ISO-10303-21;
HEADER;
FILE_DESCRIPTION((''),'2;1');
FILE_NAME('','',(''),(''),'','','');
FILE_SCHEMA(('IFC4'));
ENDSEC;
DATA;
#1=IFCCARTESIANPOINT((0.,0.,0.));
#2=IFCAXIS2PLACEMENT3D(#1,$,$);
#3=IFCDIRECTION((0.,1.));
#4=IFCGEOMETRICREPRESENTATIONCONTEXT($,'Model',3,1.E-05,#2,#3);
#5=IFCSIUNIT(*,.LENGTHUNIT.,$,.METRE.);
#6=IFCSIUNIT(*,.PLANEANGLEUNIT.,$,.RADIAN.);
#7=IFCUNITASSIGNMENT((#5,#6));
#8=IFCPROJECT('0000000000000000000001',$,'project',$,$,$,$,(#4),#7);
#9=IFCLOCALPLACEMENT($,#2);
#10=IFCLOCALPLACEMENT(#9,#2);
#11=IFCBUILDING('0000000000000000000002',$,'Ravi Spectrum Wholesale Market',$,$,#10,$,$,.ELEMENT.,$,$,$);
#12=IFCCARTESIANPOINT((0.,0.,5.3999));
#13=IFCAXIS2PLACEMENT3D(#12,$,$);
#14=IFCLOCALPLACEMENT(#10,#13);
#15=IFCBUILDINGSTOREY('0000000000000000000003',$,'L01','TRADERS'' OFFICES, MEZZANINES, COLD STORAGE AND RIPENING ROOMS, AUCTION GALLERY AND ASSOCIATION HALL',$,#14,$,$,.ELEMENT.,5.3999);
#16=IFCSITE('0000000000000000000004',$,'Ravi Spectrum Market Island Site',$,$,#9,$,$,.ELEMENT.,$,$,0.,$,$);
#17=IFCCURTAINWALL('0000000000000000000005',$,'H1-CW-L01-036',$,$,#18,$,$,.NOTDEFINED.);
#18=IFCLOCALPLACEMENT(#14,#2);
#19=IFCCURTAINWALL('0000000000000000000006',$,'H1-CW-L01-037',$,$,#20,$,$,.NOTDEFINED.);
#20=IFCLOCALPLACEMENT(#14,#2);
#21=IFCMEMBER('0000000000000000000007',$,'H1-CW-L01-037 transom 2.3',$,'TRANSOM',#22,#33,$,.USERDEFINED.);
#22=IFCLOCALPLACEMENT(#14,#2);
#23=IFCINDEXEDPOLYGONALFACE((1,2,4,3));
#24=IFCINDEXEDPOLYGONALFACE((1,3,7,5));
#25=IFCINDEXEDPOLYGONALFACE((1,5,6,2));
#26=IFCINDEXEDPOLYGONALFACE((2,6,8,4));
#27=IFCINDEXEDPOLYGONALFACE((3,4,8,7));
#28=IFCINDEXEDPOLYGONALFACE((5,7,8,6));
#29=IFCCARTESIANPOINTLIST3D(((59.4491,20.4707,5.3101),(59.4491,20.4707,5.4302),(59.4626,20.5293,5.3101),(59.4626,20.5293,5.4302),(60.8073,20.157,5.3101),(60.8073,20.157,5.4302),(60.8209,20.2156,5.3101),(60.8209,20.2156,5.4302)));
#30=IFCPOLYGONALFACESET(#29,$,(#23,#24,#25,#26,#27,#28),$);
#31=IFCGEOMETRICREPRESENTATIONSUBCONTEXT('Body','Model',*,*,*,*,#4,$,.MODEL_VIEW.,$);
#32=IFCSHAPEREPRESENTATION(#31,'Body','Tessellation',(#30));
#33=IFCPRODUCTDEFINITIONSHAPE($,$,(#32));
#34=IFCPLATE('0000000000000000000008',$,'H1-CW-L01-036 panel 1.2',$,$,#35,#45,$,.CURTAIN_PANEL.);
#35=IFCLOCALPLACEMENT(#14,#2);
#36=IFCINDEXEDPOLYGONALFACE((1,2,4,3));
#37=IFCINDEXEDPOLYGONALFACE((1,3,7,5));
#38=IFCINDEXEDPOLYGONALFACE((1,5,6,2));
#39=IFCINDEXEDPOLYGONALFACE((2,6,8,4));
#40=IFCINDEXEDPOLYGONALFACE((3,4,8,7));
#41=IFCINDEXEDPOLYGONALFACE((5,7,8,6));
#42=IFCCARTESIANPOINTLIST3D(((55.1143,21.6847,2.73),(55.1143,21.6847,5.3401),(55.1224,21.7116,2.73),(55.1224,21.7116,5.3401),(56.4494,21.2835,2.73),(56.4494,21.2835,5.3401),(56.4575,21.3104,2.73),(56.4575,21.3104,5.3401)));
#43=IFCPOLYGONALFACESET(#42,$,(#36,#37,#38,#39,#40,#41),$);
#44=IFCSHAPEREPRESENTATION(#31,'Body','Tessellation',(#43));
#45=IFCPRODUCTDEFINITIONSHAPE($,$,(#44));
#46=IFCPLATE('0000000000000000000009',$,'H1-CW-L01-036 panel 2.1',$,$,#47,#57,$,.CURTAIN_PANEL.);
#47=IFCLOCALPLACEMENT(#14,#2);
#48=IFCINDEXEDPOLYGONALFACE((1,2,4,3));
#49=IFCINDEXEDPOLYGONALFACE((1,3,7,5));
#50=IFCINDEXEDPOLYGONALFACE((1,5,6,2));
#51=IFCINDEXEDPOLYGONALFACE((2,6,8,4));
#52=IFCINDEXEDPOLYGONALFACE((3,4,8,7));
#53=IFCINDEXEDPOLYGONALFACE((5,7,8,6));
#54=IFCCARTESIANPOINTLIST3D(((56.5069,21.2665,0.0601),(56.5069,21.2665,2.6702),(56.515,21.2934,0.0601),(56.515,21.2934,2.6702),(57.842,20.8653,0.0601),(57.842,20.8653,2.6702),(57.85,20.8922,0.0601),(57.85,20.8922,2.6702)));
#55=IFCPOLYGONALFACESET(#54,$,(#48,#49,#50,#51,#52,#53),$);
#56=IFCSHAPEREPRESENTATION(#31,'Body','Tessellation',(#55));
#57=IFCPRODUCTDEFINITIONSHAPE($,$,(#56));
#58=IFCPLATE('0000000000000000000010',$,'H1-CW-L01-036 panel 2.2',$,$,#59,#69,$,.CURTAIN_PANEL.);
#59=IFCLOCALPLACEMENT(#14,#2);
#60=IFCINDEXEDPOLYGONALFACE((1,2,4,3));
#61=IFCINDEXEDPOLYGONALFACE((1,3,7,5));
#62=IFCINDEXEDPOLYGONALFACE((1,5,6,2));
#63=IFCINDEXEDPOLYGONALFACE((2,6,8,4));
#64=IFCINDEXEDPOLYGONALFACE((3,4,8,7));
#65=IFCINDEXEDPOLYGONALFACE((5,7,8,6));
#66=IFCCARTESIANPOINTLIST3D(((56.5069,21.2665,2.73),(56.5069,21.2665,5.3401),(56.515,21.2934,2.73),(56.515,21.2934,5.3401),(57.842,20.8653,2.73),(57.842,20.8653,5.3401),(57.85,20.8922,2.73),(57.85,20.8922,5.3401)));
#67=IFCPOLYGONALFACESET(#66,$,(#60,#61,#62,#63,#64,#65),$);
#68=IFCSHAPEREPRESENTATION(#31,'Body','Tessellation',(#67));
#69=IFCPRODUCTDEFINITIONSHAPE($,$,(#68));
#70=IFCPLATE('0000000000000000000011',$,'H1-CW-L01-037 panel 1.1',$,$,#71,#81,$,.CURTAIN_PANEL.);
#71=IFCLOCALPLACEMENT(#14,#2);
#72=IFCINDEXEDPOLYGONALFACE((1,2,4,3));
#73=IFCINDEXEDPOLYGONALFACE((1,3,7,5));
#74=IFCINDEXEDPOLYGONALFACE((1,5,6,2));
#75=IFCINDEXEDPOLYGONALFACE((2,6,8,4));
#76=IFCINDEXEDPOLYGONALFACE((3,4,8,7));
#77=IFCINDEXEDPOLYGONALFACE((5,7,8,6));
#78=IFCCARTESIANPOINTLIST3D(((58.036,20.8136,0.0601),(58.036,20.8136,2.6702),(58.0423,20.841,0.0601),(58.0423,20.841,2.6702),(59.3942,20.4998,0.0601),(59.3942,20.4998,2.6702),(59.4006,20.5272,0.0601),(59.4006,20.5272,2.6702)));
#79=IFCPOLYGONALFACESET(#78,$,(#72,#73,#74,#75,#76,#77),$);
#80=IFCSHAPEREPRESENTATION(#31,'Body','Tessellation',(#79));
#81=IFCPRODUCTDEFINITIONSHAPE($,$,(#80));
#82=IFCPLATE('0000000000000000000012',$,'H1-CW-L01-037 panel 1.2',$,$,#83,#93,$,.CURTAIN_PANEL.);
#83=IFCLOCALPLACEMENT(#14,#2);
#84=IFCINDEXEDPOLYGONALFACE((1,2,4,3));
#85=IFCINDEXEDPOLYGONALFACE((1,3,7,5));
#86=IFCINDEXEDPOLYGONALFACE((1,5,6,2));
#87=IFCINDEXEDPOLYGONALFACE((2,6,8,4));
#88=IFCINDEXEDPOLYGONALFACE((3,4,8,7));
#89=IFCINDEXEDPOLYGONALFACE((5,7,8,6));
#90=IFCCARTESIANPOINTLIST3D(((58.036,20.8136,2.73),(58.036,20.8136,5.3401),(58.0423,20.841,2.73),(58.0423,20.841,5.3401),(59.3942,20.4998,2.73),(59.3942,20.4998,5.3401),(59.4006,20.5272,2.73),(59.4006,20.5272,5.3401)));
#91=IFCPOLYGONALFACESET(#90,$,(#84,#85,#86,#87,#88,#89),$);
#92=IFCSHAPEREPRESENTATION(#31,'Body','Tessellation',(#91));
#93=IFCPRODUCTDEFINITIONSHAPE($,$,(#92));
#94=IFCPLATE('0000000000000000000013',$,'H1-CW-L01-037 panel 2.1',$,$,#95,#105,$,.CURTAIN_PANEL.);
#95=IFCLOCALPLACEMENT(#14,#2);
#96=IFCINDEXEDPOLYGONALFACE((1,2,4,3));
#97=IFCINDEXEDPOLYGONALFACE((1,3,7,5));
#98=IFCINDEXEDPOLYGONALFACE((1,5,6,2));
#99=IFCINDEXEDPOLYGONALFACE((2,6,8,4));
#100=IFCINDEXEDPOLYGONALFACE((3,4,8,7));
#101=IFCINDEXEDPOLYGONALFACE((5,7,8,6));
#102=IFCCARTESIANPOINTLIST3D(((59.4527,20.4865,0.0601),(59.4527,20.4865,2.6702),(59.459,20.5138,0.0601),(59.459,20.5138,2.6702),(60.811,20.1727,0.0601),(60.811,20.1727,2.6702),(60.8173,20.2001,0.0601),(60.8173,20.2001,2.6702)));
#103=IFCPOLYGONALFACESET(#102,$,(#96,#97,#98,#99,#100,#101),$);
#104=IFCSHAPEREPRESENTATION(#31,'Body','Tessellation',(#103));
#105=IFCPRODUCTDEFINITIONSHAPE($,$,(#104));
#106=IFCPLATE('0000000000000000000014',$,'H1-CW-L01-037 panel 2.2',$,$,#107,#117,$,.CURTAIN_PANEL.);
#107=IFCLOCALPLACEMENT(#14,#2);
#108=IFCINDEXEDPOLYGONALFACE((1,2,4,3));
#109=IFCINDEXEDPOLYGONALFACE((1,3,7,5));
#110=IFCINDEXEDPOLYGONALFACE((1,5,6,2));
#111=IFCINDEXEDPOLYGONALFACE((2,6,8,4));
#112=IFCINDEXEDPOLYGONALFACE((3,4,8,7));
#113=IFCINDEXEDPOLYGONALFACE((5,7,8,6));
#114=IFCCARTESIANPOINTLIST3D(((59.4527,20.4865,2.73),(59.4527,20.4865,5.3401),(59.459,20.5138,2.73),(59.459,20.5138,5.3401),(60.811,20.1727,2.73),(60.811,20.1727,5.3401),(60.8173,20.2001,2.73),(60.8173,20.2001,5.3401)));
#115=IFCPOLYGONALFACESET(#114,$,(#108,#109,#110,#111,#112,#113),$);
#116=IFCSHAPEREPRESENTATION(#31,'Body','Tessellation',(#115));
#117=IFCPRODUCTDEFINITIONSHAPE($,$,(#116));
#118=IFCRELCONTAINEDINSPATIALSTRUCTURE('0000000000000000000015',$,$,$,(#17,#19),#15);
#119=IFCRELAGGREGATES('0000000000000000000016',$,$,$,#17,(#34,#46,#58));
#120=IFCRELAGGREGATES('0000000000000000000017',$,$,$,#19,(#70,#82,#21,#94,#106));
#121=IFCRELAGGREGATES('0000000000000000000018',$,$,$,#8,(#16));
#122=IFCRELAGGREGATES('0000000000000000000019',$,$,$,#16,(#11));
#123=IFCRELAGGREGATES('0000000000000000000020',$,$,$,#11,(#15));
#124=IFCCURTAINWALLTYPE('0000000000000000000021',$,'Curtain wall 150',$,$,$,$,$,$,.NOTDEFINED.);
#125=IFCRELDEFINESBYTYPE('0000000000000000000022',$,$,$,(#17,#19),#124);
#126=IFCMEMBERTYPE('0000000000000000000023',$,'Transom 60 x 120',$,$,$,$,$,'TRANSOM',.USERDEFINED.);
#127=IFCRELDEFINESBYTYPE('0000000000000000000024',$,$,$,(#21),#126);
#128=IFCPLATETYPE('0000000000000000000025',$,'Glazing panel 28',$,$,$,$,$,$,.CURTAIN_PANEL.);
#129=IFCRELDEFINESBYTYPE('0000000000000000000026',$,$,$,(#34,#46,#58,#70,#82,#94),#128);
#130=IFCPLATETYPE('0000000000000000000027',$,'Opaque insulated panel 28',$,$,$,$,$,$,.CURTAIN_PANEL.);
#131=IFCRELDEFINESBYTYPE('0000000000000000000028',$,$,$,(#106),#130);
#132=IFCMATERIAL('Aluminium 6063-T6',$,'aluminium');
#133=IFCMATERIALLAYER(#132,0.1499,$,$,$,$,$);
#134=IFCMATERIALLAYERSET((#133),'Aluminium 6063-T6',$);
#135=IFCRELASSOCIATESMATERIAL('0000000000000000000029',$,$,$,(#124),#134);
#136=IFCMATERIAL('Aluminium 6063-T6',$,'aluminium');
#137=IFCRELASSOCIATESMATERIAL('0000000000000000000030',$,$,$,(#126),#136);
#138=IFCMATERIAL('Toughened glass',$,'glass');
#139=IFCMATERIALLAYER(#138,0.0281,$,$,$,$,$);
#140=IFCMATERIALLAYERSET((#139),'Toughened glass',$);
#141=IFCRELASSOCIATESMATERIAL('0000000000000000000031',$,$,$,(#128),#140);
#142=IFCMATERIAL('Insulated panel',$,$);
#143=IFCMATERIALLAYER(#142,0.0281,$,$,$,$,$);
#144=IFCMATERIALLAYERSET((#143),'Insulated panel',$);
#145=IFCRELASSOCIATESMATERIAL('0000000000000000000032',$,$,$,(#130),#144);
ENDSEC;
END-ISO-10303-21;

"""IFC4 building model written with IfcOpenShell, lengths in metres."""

from ifc_helpers import new_model, si_unit, direction, frame, origin, origin_2d, place, context, subcontext, project, spatial, rectangle, extrude, material, layer, layer_set, material_profile, profile_set, type_object, element, aggregate, save


model = new_model("IFC4")

# Units and contexts
model_context = context("Model", 3, precision=1e-05, world=origin(), true_north=direction((0.0, 1.0)))
body_context = subcontext(model_context, "Body", "Model", "MODEL_VIEW")
ifc_project = project(units=[si_unit("LENGTHUNIT", "METRE"), si_unit("PLANEANGLEUNIT", "RADIAN")], contexts=[model_context])

# Site, building, storey
site_placement = place(None, origin())
site = spatial("IfcSite", under=ifc_project, at=site_placement, Name="Ravi Spectrum Market Island Site", CompositionType="ELEMENT", RefElevation=0.0)
building_placement = place(site_placement, origin())
building = spatial("IfcBuilding", under=site, at=building_placement, Name="Ravi Spectrum Wholesale Market", CompositionType="ELEMENT")
storey_placement = place(building_placement, frame((0.0, 0.0, 5.3999)))
storey = spatial("IfcBuildingStorey", under=building, at=storey_placement, Name="L01", Description="TRADERS' OFFICES, MEZZANINES, COLD STORAGE AND RIPENING ROOMS, AUCTION GALLERY AND ASSOCIATION HALL", CompositionType="ELEMENT", Elevation=5.3999)

# Curtain walls
ifc_material_1 = material(Name="Aluminium 6063-T6", Category="aluminium")
ifc_layer_1 = layer(ifc_material_1, 0.1499)
ifc_layer_set_1 = layer_set([ifc_layer_1], Name="Aluminium 6063-T6")
curtain_wall_type = type_object("IfcCurtainWallType", Name="Curtain wall 150", PredefinedType="NOTDEFINED", material=ifc_layer_set_1)
curtain_wall_1_placement = place(storey_placement, origin())
curtain_wall_1 = element("IfcCurtainWall", 1, at=curtain_wall_1_placement, inside=storey, type_object=curtain_wall_type, Name="H1-CW-L01-036", PredefinedType="NOTDEFINED")
curtain_wall_2_placement = place(storey_placement, origin())
curtain_wall_2 = element("IfcCurtainWall", 2, at=curtain_wall_2_placement, inside=storey, type_object=curtain_wall_type, Name="H1-CW-L01-037", PredefinedType="NOTDEFINED")

# Member
ifc_material_2 = material(Name="Aluminium 6063-T6", Category="aluminium")
ifc_material_profile_1 = material_profile(ifc_material_2, rectangle(XDim=0.0601, YDim=0.1201, at=origin_2d()))
ifc_profile_set_1 = profile_set([ifc_material_profile_1], Name="Aluminium 6063-T6")
member_type_1 = type_object("IfcMemberType", Name="Transom 60 x 120", ElementType="TRANSOM", PredefinedType="USERDEFINED", material=ifc_profile_set_1)
member_1_placement = place(storey_placement, frame((59.4558, 20.5, 5.3701), z_axis=(0.974353, -0.225026, 0.0), x_axis=(0.225026, 0.974353, 0.0)))
member_1 = element("IfcMember", 3, at=member_1_placement, type_object=member_type_1, Name="H1-CW-L01-037 transom 2.3", ObjectType="TRANSOM", PredefinedType="USERDEFINED", context=body_context, shape_type="SweptSolid", body=[
    extrude(rectangle(XDim=0.0601, YDim=0.1201, at=origin_2d()), origin(), (0.0, 0.0, 1.0), 1.394),
])

# Plates
ifc_material_3 = material(Name="Toughened glass", Category="glass")
ifc_layer_2 = layer(ifc_material_3, 0.0281)
ifc_layer_set_2 = layer_set([ifc_layer_2], Name="Toughened glass")
plate_type_1 = type_object("IfcPlateType", Name="Glazing panel 28", PredefinedType="CURTAIN_PANEL", material=ifc_layer_set_2)
plate_1_placement = place(storey_placement, frame((55.7859, 21.4976, 2.73), z_axis=(0.0, 0.0, 1.0), x_axis=(0.957701, -0.287766, 0.0)))
plate_1 = element("IfcPlate", 4, at=plate_1_placement, type_object=plate_type_1, Name="H1-CW-L01-036 panel 1.2", PredefinedType="CURTAIN_PANEL", context=body_context, shape_type="SweptSolid", body=[
    extrude(rectangle(XDim=1.394, YDim=0.0281, at=origin_2d()), origin(), (0.0, 0.0, 1.0), 2.6101),
])
plate_2_placement = place(storey_placement, frame((57.1785, 21.0793, 0.0601), z_axis=(0.0, 0.0, 1.0), x_axis=(0.957701, -0.287766, 0.0)))
plate_2 = element("IfcPlate", 5, at=plate_2_placement, type_object=plate_type_1, Name="H1-CW-L01-036 panel 2.1", PredefinedType="CURTAIN_PANEL", context=body_context, shape_type="SweptSolid", body=[
    extrude(rectangle(XDim=1.394, YDim=0.0281, at=origin_2d()), origin(), (0.0, 0.0, 1.0), 2.6101),
])
plate_3_placement = place(storey_placement, frame((57.1785, 21.0793, 2.73), z_axis=(0.0, 0.0, 1.0), x_axis=(0.957701, -0.287766, 0.0)))
plate_3 = element("IfcPlate", 6, at=plate_3_placement, type_object=plate_type_1, Name="H1-CW-L01-036 panel 2.2", PredefinedType="CURTAIN_PANEL", context=body_context, shape_type="SweptSolid", body=[
    extrude(rectangle(XDim=1.394, YDim=0.0281, at=origin_2d()), origin(), (0.0, 0.0, 1.0), 2.6101),
])
aggregate(curtain_wall_1, [plate_1, plate_2, plate_3])
plate_4_placement = place(storey_placement, frame((58.7183, 20.6704, 0.0601), z_axis=(0.0, 0.0, 1.0), x_axis=(0.97434, -0.225083, 0.0)))
plate_4 = element("IfcPlate", 7, at=plate_4_placement, type_object=plate_type_1, Name="H1-CW-L01-037 panel 1.1", PredefinedType="CURTAIN_PANEL", context=body_context, shape_type="SweptSolid", body=[
    extrude(rectangle(XDim=1.394, YDim=0.0281, at=origin_2d()), origin(), (0.0, 0.0, 1.0), 2.6101),
])
plate_5_placement = place(storey_placement, frame((58.7183, 20.6704, 2.73), z_axis=(0.0, 0.0, 1.0), x_axis=(0.97434, -0.225083, 0.0)))
plate_5 = element("IfcPlate", 8, at=plate_5_placement, type_object=plate_type_1, Name="H1-CW-L01-037 panel 1.2", PredefinedType="CURTAIN_PANEL", context=body_context, shape_type="SweptSolid", body=[
    extrude(rectangle(XDim=1.394, YDim=0.0281, at=origin_2d()), origin(), (0.0, 0.0, 1.0), 2.6101),
])
plate_6_placement = place(storey_placement, frame((60.135, 20.3433, 0.0601), z_axis=(0.0, 0.0, 1.0), x_axis=(0.97434, -0.225083, 0.0)))
plate_6 = element("IfcPlate", 9, at=plate_6_placement, type_object=plate_type_1, Name="H1-CW-L01-037 panel 2.1", PredefinedType="CURTAIN_PANEL", context=body_context, shape_type="SweptSolid", body=[
    extrude(rectangle(XDim=1.394, YDim=0.0281, at=origin_2d()), origin(), (0.0, 0.0, 1.0), 2.6101),
])
ifc_material_4 = material(Name="Insulated panel")
ifc_layer_3 = layer(ifc_material_4, 0.0281)
ifc_layer_set_3 = layer_set([ifc_layer_3], Name="Insulated panel")
plate_type_2 = type_object("IfcPlateType", Name="Opaque insulated panel 28", PredefinedType="CURTAIN_PANEL", material=ifc_layer_set_3)
plate_7_placement = place(storey_placement, frame((60.135, 20.3433, 2.73), z_axis=(0.0, 0.0, 1.0), x_axis=(0.97434, -0.225083, 0.0)))
plate_7 = element("IfcPlate", 10, at=plate_7_placement, type_object=plate_type_2, Name="H1-CW-L01-037 panel 2.2", PredefinedType="CURTAIN_PANEL", context=body_context, shape_type="SweptSolid", body=[
    extrude(rectangle(XDim=1.394, YDim=0.0281, at=origin_2d()), origin(), (0.0, 0.0, 1.0), 2.6101),
])
aggregate(curtain_wall_2, [plate_4, plate_5, member_1, plate_6, plate_7])

save(model, "model.ifc")
